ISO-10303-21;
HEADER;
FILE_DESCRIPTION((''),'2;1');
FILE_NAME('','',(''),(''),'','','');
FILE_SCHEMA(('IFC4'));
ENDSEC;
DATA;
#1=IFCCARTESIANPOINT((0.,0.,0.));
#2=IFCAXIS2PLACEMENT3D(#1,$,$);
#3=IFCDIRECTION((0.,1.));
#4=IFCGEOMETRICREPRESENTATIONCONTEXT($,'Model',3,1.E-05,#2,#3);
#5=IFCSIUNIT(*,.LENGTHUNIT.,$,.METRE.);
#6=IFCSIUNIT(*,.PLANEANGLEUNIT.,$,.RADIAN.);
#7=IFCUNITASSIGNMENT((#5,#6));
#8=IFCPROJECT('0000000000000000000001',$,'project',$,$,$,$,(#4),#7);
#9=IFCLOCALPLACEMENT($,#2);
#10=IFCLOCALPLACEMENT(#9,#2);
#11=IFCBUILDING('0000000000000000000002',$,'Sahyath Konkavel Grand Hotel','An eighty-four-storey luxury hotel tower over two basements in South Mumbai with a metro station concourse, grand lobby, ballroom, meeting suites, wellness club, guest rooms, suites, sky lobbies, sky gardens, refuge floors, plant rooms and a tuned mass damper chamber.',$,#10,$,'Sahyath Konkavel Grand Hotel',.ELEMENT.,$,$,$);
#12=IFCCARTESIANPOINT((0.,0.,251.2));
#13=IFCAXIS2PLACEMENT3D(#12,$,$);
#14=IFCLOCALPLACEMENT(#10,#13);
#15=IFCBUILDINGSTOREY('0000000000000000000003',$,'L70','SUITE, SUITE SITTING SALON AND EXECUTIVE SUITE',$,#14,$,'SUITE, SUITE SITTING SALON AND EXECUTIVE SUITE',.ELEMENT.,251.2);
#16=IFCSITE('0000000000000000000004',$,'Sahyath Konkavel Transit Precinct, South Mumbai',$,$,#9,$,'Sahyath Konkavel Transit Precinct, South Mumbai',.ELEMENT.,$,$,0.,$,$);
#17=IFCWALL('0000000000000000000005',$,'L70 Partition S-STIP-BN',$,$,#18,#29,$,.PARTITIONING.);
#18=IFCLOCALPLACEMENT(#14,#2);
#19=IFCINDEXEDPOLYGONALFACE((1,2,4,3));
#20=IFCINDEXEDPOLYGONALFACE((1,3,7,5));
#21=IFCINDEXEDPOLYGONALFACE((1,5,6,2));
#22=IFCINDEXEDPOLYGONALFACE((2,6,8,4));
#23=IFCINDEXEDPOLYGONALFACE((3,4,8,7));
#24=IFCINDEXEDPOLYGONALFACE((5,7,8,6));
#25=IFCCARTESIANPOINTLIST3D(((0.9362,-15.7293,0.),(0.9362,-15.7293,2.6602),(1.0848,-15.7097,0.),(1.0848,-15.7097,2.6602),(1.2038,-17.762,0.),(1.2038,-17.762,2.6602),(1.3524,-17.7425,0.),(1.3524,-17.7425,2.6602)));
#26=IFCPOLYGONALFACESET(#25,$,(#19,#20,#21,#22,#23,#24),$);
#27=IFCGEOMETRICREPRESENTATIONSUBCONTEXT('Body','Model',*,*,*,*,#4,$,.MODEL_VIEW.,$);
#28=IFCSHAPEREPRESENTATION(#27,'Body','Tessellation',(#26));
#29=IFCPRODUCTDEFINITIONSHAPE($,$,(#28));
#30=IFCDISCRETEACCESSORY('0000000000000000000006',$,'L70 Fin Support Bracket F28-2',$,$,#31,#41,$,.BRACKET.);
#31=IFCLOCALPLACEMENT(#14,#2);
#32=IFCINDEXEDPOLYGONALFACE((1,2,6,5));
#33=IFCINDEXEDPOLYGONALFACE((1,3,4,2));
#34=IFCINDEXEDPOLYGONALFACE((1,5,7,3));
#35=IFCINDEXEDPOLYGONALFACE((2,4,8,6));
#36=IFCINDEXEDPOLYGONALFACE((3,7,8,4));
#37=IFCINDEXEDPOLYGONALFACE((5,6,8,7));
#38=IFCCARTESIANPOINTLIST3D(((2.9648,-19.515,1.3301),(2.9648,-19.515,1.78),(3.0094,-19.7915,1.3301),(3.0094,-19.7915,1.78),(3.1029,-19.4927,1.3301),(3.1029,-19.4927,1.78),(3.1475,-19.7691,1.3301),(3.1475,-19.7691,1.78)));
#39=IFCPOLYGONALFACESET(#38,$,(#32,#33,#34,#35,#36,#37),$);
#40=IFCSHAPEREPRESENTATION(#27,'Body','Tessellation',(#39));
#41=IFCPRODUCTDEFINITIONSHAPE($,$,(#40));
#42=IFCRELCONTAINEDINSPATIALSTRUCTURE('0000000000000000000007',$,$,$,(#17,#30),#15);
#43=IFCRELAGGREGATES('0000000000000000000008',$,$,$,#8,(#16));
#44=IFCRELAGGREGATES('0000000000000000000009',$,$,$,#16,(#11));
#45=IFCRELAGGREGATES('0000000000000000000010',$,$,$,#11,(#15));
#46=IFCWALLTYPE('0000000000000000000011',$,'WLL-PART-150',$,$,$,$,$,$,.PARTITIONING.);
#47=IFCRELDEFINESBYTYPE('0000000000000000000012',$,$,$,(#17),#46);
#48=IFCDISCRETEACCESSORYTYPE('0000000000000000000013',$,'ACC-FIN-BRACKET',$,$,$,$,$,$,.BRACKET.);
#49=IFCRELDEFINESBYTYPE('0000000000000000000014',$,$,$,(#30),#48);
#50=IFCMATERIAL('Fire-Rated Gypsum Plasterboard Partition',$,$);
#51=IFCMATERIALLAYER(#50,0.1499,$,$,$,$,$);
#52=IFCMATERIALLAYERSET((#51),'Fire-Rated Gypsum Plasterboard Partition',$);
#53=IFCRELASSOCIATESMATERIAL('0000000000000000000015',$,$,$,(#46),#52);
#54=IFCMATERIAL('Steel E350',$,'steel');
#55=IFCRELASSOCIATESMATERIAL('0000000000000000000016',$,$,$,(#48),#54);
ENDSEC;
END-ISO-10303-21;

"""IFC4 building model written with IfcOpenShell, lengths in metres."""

from ifc_helpers import new_model, si_unit, direction, frame, frame_2d, origin, origin_2d, place, context, subcontext, project, spatial, rectangle, extrude, source, transform, mapped, material, layer, layer_set, type_object, element, save


model = new_model("IFC4")

# Units and contexts
model_context = context("Model", 3, precision=1e-05, world=origin(), true_north=direction((0.0, 1.0)))
body_context = subcontext(model_context, "Body", "Model", "MODEL_VIEW")
ifc_project = project(units=[si_unit("LENGTHUNIT", "METRE"), si_unit("PLANEANGLEUNIT", "RADIAN")], contexts=[model_context])

# Site, building, storey
site_placement = place(None, origin())
site = spatial("IfcSite", under=ifc_project, at=site_placement, Name="Sahyath Konkavel Transit Precinct, South Mumbai", LongName="Sahyath Konkavel Transit Precinct, South Mumbai", CompositionType="ELEMENT", RefElevation=0.0)
building_placement = place(site_placement, origin())
building = spatial("IfcBuilding", under=site, at=building_placement, Name="Sahyath Konkavel Grand Hotel", Description="An eighty-four-storey luxury hotel tower over two basements in South Mumbai with a metro station concourse, grand lobby, ballroom, meeting suites, wellness club, guest rooms, suites, sky lobbies, sky gardens, refuge floors, plant rooms and a tuned mass damper chamber.", LongName="Sahyath Konkavel Grand Hotel", CompositionType="ELEMENT")
storey_placement = place(building_placement, frame((0.0, 0.0, 251.2)))
storey = spatial("IfcBuildingStorey", under=building, at=storey_placement, Name="L70", Description="SUITE, SUITE SITTING SALON AND EXECUTIVE SUITE", LongName="SUITE, SUITE SITTING SALON AND EXECUTIVE SUITE", CompositionType="ELEMENT", Elevation=251.2)

# Shared definitions
ifc_material_1 = material(Name="Steel E350", Category="steel")

# Shared definitions
ifc_material_2 = material(Name="Fire-Rated Gypsum Plasterboard Partition")
ifc_layer_1 = layer(ifc_material_2, 0.1499)
ifc_layer_set_1 = layer_set([ifc_layer_1], Name="Fire-Rated Gypsum Plasterboard Partition")
wall_type_1 = type_object("IfcWallType", Name="WLL-PART-150", PredefinedType="PARTITIONING", material=ifc_layer_set_1)

# Wall
wall_1_placement = place(storey_placement, frame((1.0105, -15.7195, 0.0), z_axis=(0.0, 0.0, 1.0), x_axis=(0.13051, -0.991447, 0.0)))
element("IfcWall", 1, at=wall_1_placement, inside=storey, type_object=wall_type_1, Name="L70 Partition S-STIP-BN", PredefinedType="PARTITIONING", context=body_context, shape_type="SweptSolid", body=[
    extrude(rectangle(XDim=2.0503, YDim=0.1499, at=frame_2d((1.0251, 0.0))), origin(), (0.0, 0.0, 1.0), 2.6602),
])

# Discrete accessory
discrete_accessory_type = type_object("IfcDiscreteAccessoryType", Name="ACC-FIN-BRACKET", PredefinedType="BRACKET", material=ifc_material_1)
shared_shape_1 = source(origin(), body_context, "Body", "SweptSolid", [
    extrude(rectangle(XDim=0.28, YDim=0.1399, at=origin_2d()), origin(), (0.0, 0.0, 1.0), 0.45),
])
discrete_accessory_placement = place(storey_placement, frame((3.0562, -19.6421, 1.3301), z_axis=(0.0, 0.0, 1.0), x_axis=(0.159588, -0.987184, 0.0)))
element("IfcDiscreteAccessory", 2, at=discrete_accessory_placement, inside=storey, type_object=discrete_accessory_type, Name="L70 Fin Support Bracket F28-2", PredefinedType="BRACKET", context=body_context, shape_type="MappedRepresentation", body=[
    mapped(shared_shape_1, transform((0.0, 0.0, 0.0), scale=1.0)),
])

save(model, "model.ifc")
